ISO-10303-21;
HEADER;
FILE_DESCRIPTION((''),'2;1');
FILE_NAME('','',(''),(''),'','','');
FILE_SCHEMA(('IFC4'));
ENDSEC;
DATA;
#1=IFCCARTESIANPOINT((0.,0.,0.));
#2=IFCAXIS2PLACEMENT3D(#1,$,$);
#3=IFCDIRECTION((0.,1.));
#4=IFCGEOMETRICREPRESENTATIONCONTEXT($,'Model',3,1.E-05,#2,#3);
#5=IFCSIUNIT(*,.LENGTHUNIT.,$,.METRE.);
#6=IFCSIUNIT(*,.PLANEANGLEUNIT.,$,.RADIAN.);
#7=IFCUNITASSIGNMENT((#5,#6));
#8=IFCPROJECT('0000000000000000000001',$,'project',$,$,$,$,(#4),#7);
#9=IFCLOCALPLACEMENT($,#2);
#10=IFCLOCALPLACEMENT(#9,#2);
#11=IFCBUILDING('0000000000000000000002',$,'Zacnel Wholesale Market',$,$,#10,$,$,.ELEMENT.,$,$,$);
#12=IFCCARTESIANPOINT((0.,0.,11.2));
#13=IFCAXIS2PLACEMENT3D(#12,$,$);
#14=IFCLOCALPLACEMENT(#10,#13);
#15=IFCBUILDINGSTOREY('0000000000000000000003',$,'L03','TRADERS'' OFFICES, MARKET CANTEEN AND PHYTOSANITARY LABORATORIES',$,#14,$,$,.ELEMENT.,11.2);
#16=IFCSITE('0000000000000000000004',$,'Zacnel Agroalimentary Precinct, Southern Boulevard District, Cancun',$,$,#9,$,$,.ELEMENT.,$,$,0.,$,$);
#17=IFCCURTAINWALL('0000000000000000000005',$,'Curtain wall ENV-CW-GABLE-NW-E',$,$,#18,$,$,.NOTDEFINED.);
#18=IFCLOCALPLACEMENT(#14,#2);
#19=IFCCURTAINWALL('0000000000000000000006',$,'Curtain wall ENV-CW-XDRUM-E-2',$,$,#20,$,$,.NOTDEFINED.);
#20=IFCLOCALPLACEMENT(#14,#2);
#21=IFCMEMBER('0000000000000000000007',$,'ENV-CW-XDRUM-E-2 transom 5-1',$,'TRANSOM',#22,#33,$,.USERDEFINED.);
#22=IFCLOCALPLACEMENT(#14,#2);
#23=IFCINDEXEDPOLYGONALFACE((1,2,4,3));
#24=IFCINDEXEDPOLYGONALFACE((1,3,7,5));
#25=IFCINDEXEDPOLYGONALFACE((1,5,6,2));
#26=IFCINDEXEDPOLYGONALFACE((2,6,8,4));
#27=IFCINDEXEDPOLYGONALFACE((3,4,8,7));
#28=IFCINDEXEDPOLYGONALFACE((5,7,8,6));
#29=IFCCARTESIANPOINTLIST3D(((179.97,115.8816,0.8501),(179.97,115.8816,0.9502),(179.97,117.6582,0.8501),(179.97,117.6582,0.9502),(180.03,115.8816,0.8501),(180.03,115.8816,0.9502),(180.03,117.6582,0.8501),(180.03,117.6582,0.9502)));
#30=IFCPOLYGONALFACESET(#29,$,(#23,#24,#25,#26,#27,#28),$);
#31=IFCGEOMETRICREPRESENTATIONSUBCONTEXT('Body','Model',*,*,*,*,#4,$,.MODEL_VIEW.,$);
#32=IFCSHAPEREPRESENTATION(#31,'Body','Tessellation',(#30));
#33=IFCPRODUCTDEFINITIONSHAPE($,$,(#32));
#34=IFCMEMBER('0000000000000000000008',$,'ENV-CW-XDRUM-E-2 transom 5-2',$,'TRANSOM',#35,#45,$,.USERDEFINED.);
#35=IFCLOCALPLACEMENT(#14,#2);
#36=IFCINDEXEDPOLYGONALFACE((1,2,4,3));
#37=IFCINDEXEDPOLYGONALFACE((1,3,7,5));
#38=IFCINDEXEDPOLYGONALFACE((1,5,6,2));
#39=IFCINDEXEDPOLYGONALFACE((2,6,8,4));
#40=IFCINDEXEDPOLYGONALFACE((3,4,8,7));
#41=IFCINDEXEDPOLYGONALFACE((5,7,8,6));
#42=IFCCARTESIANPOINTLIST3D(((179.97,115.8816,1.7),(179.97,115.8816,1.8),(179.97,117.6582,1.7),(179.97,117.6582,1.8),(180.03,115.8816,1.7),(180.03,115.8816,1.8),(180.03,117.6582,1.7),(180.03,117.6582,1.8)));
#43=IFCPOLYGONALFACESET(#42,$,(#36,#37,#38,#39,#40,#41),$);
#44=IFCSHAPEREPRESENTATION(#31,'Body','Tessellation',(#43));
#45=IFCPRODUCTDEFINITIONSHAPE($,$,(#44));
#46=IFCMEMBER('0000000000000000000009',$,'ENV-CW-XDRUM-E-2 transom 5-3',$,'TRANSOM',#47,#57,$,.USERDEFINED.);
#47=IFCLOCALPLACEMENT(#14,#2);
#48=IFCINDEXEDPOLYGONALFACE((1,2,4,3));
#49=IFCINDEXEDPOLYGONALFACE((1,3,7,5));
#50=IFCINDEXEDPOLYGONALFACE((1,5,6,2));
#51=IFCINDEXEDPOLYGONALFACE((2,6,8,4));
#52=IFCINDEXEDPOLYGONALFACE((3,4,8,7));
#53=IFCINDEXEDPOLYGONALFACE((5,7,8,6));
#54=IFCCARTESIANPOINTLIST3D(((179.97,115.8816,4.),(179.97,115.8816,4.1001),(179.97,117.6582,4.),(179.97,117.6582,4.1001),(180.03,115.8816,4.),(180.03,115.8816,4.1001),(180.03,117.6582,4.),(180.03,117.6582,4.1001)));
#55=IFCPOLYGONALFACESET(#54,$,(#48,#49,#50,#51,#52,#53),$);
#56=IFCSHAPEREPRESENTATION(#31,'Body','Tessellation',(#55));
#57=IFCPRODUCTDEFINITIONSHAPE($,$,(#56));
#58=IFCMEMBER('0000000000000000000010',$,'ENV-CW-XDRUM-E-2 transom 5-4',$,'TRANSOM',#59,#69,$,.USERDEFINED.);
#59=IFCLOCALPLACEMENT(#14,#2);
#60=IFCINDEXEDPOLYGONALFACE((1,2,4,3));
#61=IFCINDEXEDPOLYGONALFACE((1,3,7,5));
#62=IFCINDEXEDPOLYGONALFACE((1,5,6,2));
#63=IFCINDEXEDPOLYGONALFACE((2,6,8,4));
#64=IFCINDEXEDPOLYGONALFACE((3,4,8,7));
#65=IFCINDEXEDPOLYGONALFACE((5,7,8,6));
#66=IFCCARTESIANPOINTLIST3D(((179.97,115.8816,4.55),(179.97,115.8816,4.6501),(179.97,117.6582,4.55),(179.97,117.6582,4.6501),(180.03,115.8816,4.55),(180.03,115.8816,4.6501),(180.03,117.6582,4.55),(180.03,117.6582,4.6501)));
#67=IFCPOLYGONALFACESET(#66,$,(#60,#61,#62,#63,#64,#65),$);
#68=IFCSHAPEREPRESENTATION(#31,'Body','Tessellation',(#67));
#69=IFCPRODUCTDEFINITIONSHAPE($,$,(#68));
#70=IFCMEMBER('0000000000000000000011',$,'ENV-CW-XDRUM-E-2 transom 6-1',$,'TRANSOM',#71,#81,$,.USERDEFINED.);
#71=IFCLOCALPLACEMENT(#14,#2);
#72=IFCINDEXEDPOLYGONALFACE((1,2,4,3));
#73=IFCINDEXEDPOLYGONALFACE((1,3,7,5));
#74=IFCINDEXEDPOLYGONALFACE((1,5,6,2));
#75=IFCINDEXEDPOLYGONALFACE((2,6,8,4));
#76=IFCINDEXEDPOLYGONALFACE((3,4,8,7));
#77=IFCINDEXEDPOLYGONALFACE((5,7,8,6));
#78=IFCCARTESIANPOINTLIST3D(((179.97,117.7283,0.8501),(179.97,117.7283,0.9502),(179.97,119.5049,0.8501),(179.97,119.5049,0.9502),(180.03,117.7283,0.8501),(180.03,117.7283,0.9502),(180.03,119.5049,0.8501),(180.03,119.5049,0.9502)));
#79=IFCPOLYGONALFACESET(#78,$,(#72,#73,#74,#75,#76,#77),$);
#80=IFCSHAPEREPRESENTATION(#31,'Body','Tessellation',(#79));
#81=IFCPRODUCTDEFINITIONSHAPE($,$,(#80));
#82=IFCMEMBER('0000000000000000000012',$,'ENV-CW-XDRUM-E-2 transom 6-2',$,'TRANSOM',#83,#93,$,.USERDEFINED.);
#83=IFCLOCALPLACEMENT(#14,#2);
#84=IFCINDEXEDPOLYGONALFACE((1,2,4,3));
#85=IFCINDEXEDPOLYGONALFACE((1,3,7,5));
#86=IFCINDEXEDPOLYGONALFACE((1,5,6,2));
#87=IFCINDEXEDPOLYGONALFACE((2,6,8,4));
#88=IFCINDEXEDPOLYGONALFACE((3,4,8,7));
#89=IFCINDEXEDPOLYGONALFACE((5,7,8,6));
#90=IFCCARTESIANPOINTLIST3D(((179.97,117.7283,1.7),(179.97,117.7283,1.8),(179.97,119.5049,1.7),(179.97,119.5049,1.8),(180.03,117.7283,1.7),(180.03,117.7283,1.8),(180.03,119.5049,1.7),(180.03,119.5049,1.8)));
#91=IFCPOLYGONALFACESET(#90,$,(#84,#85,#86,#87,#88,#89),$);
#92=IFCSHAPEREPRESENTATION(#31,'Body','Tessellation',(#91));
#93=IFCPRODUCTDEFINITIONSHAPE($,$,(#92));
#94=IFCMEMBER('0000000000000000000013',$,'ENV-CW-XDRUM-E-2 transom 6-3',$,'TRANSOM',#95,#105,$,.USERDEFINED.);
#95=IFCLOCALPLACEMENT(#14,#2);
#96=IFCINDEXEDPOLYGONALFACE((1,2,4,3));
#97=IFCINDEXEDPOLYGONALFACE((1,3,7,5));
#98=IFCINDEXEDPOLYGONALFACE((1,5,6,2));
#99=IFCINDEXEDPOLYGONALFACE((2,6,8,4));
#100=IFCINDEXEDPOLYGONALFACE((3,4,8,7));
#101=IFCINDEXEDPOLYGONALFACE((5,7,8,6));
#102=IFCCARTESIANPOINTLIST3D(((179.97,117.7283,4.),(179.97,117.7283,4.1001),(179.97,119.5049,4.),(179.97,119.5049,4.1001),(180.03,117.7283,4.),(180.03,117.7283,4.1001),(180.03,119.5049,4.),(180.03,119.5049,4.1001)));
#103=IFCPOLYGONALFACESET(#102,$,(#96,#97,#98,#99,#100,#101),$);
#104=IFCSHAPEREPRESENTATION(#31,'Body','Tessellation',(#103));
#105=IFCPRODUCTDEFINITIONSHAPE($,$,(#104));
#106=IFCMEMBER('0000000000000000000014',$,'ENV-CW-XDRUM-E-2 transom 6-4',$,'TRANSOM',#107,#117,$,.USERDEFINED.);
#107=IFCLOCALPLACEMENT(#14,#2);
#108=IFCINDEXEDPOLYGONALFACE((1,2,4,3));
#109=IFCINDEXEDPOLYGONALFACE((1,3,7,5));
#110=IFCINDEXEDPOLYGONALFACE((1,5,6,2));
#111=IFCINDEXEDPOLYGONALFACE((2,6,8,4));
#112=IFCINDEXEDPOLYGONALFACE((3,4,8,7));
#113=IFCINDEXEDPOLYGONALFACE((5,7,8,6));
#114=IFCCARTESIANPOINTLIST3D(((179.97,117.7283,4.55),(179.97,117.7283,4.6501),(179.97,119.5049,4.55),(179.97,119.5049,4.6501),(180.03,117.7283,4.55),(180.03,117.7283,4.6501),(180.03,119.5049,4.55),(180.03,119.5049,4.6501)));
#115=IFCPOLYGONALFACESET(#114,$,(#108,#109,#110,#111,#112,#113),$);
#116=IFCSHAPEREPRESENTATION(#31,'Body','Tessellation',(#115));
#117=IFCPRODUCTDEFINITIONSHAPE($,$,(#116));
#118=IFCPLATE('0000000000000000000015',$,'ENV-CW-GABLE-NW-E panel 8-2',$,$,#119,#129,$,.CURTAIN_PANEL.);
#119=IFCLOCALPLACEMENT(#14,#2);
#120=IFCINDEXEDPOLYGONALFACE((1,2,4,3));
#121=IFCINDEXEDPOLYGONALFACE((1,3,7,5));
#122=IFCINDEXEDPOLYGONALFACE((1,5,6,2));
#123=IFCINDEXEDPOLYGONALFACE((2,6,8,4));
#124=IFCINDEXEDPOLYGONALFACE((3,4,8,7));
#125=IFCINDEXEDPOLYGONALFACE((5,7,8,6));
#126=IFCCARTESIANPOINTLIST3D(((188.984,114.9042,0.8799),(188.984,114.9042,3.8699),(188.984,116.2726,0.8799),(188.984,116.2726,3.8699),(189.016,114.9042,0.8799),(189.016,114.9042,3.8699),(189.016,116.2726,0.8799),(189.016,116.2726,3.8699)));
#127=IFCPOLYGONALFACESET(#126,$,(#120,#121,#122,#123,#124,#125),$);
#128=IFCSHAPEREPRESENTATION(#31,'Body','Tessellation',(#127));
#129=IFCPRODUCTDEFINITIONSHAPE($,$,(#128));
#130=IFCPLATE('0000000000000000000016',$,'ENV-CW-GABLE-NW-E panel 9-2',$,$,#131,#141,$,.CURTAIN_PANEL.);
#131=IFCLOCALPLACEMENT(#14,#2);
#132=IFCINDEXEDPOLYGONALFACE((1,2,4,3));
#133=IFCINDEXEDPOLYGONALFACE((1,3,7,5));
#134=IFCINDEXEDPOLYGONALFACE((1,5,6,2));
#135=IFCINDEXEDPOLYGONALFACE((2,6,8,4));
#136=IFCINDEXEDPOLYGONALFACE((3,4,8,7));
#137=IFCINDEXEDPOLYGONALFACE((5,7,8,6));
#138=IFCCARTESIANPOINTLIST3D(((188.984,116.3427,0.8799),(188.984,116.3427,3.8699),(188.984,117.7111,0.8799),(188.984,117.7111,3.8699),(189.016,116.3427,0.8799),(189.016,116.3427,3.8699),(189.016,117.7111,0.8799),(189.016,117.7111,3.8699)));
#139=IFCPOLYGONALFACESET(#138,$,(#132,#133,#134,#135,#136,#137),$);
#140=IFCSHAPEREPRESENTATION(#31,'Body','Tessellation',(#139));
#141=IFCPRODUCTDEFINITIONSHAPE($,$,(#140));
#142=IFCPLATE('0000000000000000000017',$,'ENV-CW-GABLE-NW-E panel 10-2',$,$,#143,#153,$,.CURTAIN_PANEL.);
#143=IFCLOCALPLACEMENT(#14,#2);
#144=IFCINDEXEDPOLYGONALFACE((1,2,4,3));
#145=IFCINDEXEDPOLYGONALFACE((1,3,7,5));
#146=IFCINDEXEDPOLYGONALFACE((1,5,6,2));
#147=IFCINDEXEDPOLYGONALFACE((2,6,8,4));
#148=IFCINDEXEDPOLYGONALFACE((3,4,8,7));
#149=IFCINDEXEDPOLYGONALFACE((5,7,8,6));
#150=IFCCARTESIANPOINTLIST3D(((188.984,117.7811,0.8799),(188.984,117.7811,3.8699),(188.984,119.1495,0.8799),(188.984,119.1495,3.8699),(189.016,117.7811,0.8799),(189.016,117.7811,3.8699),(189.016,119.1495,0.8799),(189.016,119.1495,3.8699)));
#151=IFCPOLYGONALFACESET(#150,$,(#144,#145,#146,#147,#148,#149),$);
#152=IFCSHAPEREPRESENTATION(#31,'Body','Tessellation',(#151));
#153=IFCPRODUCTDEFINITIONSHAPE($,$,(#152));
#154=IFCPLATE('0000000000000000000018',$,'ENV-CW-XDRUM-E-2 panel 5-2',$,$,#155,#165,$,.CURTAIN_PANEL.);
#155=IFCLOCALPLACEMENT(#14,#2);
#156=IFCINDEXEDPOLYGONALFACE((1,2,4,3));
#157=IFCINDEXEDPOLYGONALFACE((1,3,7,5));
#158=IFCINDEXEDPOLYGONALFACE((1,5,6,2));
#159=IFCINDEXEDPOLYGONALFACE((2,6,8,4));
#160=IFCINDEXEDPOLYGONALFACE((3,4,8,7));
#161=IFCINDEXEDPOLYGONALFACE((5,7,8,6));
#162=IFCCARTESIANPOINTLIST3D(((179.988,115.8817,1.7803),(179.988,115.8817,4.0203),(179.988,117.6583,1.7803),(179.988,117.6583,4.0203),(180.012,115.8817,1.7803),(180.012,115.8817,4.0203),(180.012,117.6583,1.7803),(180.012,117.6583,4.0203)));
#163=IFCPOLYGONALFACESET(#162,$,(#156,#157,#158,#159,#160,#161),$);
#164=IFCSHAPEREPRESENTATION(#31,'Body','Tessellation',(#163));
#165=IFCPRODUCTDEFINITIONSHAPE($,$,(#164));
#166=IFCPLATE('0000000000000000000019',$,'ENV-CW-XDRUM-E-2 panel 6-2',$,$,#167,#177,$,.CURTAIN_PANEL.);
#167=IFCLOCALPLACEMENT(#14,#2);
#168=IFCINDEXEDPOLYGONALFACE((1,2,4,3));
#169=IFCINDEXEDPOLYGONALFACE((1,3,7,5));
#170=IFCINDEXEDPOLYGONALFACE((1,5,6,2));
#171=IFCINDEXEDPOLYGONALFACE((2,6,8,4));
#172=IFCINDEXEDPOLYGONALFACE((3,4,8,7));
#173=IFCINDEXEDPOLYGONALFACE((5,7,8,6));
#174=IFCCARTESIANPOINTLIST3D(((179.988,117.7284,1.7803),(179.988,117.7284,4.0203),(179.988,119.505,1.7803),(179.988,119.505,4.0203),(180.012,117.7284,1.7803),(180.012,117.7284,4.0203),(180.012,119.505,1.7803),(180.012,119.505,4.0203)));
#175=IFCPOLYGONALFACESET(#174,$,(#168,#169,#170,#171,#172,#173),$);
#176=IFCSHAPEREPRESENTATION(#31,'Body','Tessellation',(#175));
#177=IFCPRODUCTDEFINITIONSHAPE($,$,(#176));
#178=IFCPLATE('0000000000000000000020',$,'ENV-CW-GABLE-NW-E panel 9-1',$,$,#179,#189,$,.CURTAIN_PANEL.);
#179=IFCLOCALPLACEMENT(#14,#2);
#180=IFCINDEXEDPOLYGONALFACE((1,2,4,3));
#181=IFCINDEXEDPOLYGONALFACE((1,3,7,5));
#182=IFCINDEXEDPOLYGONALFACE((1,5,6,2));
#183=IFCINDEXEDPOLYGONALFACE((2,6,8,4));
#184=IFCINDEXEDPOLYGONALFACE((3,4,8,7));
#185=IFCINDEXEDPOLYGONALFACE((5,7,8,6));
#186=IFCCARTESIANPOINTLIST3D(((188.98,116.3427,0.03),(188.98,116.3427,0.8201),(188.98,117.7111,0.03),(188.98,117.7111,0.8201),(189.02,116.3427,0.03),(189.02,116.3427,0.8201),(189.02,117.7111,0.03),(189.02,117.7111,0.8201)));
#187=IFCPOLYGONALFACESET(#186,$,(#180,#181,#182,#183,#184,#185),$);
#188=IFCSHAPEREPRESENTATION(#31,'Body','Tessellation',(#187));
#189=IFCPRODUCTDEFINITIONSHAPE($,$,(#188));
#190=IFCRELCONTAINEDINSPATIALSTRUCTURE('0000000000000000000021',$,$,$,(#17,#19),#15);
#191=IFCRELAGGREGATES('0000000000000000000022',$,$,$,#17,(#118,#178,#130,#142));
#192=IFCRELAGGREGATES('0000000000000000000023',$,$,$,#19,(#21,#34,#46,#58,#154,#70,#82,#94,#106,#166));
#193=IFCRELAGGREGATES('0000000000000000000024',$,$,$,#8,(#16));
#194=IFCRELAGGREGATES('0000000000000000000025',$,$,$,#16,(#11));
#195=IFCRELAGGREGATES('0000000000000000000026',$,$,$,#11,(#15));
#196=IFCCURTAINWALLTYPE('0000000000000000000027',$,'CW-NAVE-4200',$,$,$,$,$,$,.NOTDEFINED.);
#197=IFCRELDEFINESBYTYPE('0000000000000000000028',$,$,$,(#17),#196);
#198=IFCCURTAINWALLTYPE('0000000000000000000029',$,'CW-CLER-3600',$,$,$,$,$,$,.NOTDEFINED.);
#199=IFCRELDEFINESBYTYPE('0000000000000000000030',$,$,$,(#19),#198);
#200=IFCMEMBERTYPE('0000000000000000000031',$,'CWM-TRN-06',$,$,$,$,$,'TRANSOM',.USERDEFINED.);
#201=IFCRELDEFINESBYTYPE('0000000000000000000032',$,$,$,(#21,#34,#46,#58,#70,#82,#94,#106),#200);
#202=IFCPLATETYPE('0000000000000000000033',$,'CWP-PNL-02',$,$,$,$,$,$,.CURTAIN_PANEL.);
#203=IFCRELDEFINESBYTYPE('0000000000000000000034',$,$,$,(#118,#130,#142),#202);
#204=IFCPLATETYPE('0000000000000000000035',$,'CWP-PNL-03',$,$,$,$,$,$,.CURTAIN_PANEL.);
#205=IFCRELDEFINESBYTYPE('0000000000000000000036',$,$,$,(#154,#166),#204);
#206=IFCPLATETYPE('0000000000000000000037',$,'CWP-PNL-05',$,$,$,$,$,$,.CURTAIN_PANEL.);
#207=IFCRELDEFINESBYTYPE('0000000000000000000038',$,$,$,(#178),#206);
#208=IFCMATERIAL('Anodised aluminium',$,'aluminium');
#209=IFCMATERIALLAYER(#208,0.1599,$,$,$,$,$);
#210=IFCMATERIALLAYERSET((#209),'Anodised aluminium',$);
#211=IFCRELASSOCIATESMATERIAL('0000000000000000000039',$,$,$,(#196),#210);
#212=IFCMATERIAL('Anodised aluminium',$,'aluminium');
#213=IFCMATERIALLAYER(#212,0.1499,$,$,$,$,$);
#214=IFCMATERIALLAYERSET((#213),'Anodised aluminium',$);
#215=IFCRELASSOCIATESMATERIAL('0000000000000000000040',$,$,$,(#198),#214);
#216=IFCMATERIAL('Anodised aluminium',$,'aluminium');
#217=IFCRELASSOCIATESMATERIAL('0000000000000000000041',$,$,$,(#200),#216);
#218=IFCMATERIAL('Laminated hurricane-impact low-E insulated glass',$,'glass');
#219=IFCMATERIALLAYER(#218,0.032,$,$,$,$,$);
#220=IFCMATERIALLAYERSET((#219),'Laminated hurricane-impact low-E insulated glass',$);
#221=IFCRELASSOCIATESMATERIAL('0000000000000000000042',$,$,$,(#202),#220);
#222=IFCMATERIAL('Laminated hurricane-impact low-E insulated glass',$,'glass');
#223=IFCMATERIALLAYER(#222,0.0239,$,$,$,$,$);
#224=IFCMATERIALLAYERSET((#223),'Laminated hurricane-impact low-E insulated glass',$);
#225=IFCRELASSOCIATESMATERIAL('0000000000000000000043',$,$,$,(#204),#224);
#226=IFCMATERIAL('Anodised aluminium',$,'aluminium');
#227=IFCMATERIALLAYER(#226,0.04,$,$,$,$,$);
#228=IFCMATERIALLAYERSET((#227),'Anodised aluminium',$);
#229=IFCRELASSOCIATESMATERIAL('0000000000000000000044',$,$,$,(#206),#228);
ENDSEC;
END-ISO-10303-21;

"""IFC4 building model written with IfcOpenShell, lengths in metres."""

from ifc_helpers import new_model, si_unit, direction, frame, origin, origin_2d, place, context, subcontext, project, spatial, rectangle, extrude, material, layer, layer_set, material_profile, profile_set, type_object, element, aggregate, save


model = new_model("IFC4")

# Units and contexts
model_context = context("Model", 3, precision=1e-05, world=origin(), true_north=direction((0.0, 1.0)))
body_context = subcontext(model_context, "Body", "Model", "MODEL_VIEW")
ifc_project = project(units=[si_unit("LENGTHUNIT", "METRE"), si_unit("PLANEANGLEUNIT", "RADIAN")], contexts=[model_context])

# Site, building, storey
site_placement = place(None, origin())
site = spatial("IfcSite", under=ifc_project, at=site_placement, Name="Zacnel Agroalimentary Precinct, Southern Boulevard District, Cancun", CompositionType="ELEMENT", RefElevation=0.0)
building_placement = place(site_placement, origin())
building = spatial("IfcBuilding", under=site, at=building_placement, Name="Zacnel Wholesale Market", CompositionType="ELEMENT")
storey_placement = place(building_placement, frame((0.0, 0.0, 11.2)))
storey = spatial("IfcBuildingStorey", under=building, at=storey_placement, Name="L03", Description="TRADERS' OFFICES, MARKET CANTEEN AND PHYTOSANITARY LABORATORIES", CompositionType="ELEMENT", Elevation=11.2)

# Curtain walls
ifc_material_1 = material(Name="Anodised aluminium", Category="aluminium")
ifc_layer_1 = layer(ifc_material_1, 0.1599)
ifc_layer_set_1 = layer_set([ifc_layer_1], Name="Anodised aluminium")
curtain_wall_type_1 = type_object("IfcCurtainWallType", Name="CW-NAVE-4200", PredefinedType="NOTDEFINED", material=ifc_layer_set_1)
curtain_wall_1_placement = place(storey_placement, origin())
curtain_wall_1 = element("IfcCurtainWall", 1, at=curtain_wall_1_placement, inside=storey, type_object=curtain_wall_type_1, Name="Curtain wall ENV-CW-GABLE-NW-E", PredefinedType="NOTDEFINED")
ifc_material_2 = material(Name="Anodised aluminium", Category="aluminium")
ifc_layer_2 = layer(ifc_material_2, 0.1499)
ifc_layer_set_2 = layer_set([ifc_layer_2], Name="Anodised aluminium")
curtain_wall_type_2 = type_object("IfcCurtainWallType", Name="CW-CLER-3600", PredefinedType="NOTDEFINED", material=ifc_layer_set_2)
curtain_wall_2_placement = place(storey_placement, origin())
curtain_wall_2 = element("IfcCurtainWall", 2, at=curtain_wall_2_placement, inside=storey, type_object=curtain_wall_type_2, Name="Curtain wall ENV-CW-XDRUM-E-2", PredefinedType="NOTDEFINED")

# Members
ifc_material_3 = material(Name="Anodised aluminium", Category="aluminium")
ifc_material_profile_1 = material_profile(ifc_material_3, rectangle(XDim=0.0601, YDim=0.1001, at=origin_2d()), Name="AW-TRANSOM 60x100")
ifc_profile_set_1 = profile_set([ifc_material_profile_1], Name="Anodised aluminium")
member_type_1 = type_object("IfcMemberType", Name="CWM-TRN-06", ElementType="TRANSOM", PredefinedType="USERDEFINED", material=ifc_profile_set_1)
member_1_placement = place(storey_placement, frame((180.0, 115.8816, 0.9001), z_axis=(0.0, 1.0, 0.0), x_axis=(-1.0, 0.0, 0.0)))
member_1 = element("IfcMember", 3, at=member_1_placement, type_object=member_type_1, Name="ENV-CW-XDRUM-E-2 transom 5-1", ObjectType="TRANSOM", PredefinedType="USERDEFINED", context=body_context, shape_type="SweptSolid", body=[
    extrude(rectangle(XDim=0.0601, YDim=0.1001, at=origin_2d()), origin(), (0.0, 0.0, 1.0), 1.7766),
])
member_2_placement = place(storey_placement, frame((180.0, 115.8816, 1.75), z_axis=(0.0, 1.0, 0.0), x_axis=(-1.0, 0.0, 0.0)))
member_2 = element("IfcMember", 4, at=member_2_placement, type_object=member_type_1, Name="ENV-CW-XDRUM-E-2 transom 5-2", ObjectType="TRANSOM", PredefinedType="USERDEFINED", context=body_context, shape_type="SweptSolid", body=[
    extrude(rectangle(XDim=0.0601, YDim=0.1001, at=origin_2d()), origin(), (0.0, 0.0, 1.0), 1.7766),
])
member_3_placement = place(storey_placement, frame((180.0, 115.8816, 4.05), z_axis=(0.0, 1.0, 0.0), x_axis=(-1.0, 0.0, 0.0)))
member_3 = element("IfcMember", 5, at=member_3_placement, type_object=member_type_1, Name="ENV-CW-XDRUM-E-2 transom 5-3", ObjectType="TRANSOM", PredefinedType="USERDEFINED", context=body_context, shape_type="SweptSolid", body=[
    extrude(rectangle(XDim=0.0601, YDim=0.1001, at=origin_2d()), origin(), (0.0, 0.0, 1.0), 1.7766),
])
member_4_placement = place(storey_placement, frame((180.0, 115.8816, 4.6001), z_axis=(0.0, 1.0, 0.0), x_axis=(-1.0, 0.0, 0.0)))
member_4 = element("IfcMember", 6, at=member_4_placement, type_object=member_type_1, Name="ENV-CW-XDRUM-E-2 transom 5-4", ObjectType="TRANSOM", PredefinedType="USERDEFINED", context=body_context, shape_type="SweptSolid", body=[
    extrude(rectangle(XDim=0.0601, YDim=0.1001, at=origin_2d()), origin(), (0.0, 0.0, 1.0), 1.7766),
])
member_5_placement = place(storey_placement, frame((180.0, 117.7283, 0.9001), z_axis=(0.0, 1.0, 0.0), x_axis=(-1.0, 0.0, 0.0)))
member_5 = element("IfcMember", 7, at=member_5_placement, type_object=member_type_1, Name="ENV-CW-XDRUM-E-2 transom 6-1", ObjectType="TRANSOM", PredefinedType="USERDEFINED", context=body_context, shape_type="SweptSolid", body=[
    extrude(rectangle(XDim=0.0601, YDim=0.1001, at=origin_2d()), origin(), (0.0, 0.0, 1.0), 1.7766),
])
member_6_placement = place(storey_placement, frame((180.0, 117.7283, 1.75), z_axis=(0.0, 1.0, 0.0), x_axis=(-1.0, 0.0, 0.0)))
member_6 = element("IfcMember", 8, at=member_6_placement, type_object=member_type_1, Name="ENV-CW-XDRUM-E-2 transom 6-2", ObjectType="TRANSOM", PredefinedType="USERDEFINED", context=body_context, shape_type="SweptSolid", body=[
    extrude(rectangle(XDim=0.0601, YDim=0.1001, at=origin_2d()), origin(), (0.0, 0.0, 1.0), 1.7766),
])
member_7_placement = place(storey_placement, frame((180.0, 117.7283, 4.05), z_axis=(0.0, 1.0, 0.0), x_axis=(-1.0, 0.0, 0.0)))
member_7 = element("IfcMember", 9, at=member_7_placement, type_object=member_type_1, Name="ENV-CW-XDRUM-E-2 transom 6-3", ObjectType="TRANSOM", PredefinedType="USERDEFINED", context=body_context, shape_type="SweptSolid", body=[
    extrude(rectangle(XDim=0.0601, YDim=0.1001, at=origin_2d()), origin(), (0.0, 0.0, 1.0), 1.7766),
])
member_8_placement = place(storey_placement, frame((180.0, 117.7283, 4.6001), z_axis=(0.0, 1.0, 0.0), x_axis=(-1.0, 0.0, 0.0)))
member_8 = element("IfcMember", 10, at=member_8_placement, type_object=member_type_1, Name="ENV-CW-XDRUM-E-2 transom 6-4", ObjectType="TRANSOM", PredefinedType="USERDEFINED", context=body_context, shape_type="SweptSolid", body=[
    extrude(rectangle(XDim=0.0601, YDim=0.1001, at=origin_2d()), origin(), (0.0, 0.0, 1.0), 1.7766),
])

# Plates
ifc_material_4 = material(Name="Laminated hurricane-impact low-E insulated glass", Category="glass")
ifc_layer_3 = layer(ifc_material_4, 0.032)
ifc_layer_set_3 = layer_set([ifc_layer_3], Name="Laminated hurricane-impact low-E insulated glass")
plate_type_1 = type_object("IfcPlateType", Name="CWP-PNL-02", PredefinedType="CURTAIN_PANEL", material=ifc_layer_set_3)
plate_1_placement = place(storey_placement, frame((189.0, 115.5884, 0.8799), z_axis=(0.0, 0.0, 1.0), x_axis=(0.0, 1.0, 0.0)))
plate_1 = element("IfcPlate", 11, at=plate_1_placement, type_object=plate_type_1, Name="ENV-CW-GABLE-NW-E panel 8-2", PredefinedType="CURTAIN_PANEL", context=body_context, shape_type="SweptSolid", body=[
    extrude(rectangle(XDim=1.3684, YDim=0.032, at=origin_2d()), origin(), (0.0, 0.0, 1.0), 2.99),
])
plate_2_placement = place(storey_placement, frame((189.0, 117.0269, 0.8799), z_axis=(0.0, 0.0, 1.0), x_axis=(0.0, 1.0, 0.0)))
plate_2 = element("IfcPlate", 12, at=plate_2_placement, type_object=plate_type_1, Name="ENV-CW-GABLE-NW-E panel 9-2", PredefinedType="CURTAIN_PANEL", context=body_context, shape_type="SweptSolid", body=[
    extrude(rectangle(XDim=1.3684, YDim=0.032, at=origin_2d()), origin(), (0.0, 0.0, 1.0), 2.99),
])
plate_3_placement = place(storey_placement, frame((189.0, 118.4653, 0.8799), z_axis=(0.0, 0.0, 1.0), x_axis=(0.0, 1.0, 0.0)))
plate_3 = element("IfcPlate", 13, at=plate_3_placement, type_object=plate_type_1, Name="ENV-CW-GABLE-NW-E panel 10-2", PredefinedType="CURTAIN_PANEL", context=body_context, shape_type="SweptSolid", body=[
    extrude(rectangle(XDim=1.3684, YDim=0.032, at=origin_2d()), origin(), (0.0, 0.0, 1.0), 2.99),
])
ifc_material_5 = material(Name="Laminated hurricane-impact low-E insulated glass", Category="glass")
ifc_layer_4 = layer(ifc_material_5, 0.0239)
ifc_layer_set_4 = layer_set([ifc_layer_4], Name="Laminated hurricane-impact low-E insulated glass")
plate_type_2 = type_object("IfcPlateType", Name="CWP-PNL-03", PredefinedType="CURTAIN_PANEL", material=ifc_layer_set_4)
plate_4_placement = place(storey_placement, frame((180.0, 116.77, 1.7803), z_axis=(0.0, 0.0, 1.0), x_axis=(0.0, 1.0, 0.0)))
plate_4 = element("IfcPlate", 14, at=plate_4_placement, type_object=plate_type_2, Name="ENV-CW-XDRUM-E-2 panel 5-2", PredefinedType="CURTAIN_PANEL", context=body_context, shape_type="SweptSolid", body=[
    extrude(rectangle(XDim=1.7766, YDim=0.0239, at=origin_2d()), origin(), (0.0, 0.0, 1.0), 2.24),
])
plate_5_placement = place(storey_placement, frame((180.0, 118.6167, 1.7803), z_axis=(0.0, 0.0, 1.0), x_axis=(0.0, 1.0, 0.0)))
plate_5 = element("IfcPlate", 15, at=plate_5_placement, type_object=plate_type_2, Name="ENV-CW-XDRUM-E-2 panel 6-2", PredefinedType="CURTAIN_PANEL", context=body_context, shape_type="SweptSolid", body=[
    extrude(rectangle(XDim=1.7766, YDim=0.0239, at=origin_2d()), origin(), (0.0, 0.0, 1.0), 2.24),
])
ifc_material_6 = material(Name="Anodised aluminium", Category="aluminium")
ifc_layer_5 = layer(ifc_material_6, 0.04)
ifc_layer_set_5 = layer_set([ifc_layer_5], Name="Anodised aluminium")
plate_type_3 = type_object("IfcPlateType", Name="CWP-PNL-05", PredefinedType="CURTAIN_PANEL", material=ifc_layer_set_5)
plate_6_placement = place(storey_placement, frame((189.0, 117.0269, 0.03), z_axis=(0.0, 0.0, 1.0), x_axis=(0.0, 1.0, 0.0)))
plate_6 = element("IfcPlate", 16, at=plate_6_placement, type_object=plate_type_3, Name="ENV-CW-GABLE-NW-E panel 9-1", PredefinedType="CURTAIN_PANEL", context=body_context, shape_type="SweptSolid", body=[
    extrude(rectangle(XDim=1.3684, YDim=0.04, at=origin_2d()), origin(), (0.0, 0.0, 1.0), 0.79),
])
aggregate(curtain_wall_1, [plate_1, plate_6, plate_2, plate_3])
aggregate(curtain_wall_2, [member_1, member_2, member_3, member_4, plate_4, member_5, member_6, member_7, member_8, plate_5])

save(model, "model.ifc")
